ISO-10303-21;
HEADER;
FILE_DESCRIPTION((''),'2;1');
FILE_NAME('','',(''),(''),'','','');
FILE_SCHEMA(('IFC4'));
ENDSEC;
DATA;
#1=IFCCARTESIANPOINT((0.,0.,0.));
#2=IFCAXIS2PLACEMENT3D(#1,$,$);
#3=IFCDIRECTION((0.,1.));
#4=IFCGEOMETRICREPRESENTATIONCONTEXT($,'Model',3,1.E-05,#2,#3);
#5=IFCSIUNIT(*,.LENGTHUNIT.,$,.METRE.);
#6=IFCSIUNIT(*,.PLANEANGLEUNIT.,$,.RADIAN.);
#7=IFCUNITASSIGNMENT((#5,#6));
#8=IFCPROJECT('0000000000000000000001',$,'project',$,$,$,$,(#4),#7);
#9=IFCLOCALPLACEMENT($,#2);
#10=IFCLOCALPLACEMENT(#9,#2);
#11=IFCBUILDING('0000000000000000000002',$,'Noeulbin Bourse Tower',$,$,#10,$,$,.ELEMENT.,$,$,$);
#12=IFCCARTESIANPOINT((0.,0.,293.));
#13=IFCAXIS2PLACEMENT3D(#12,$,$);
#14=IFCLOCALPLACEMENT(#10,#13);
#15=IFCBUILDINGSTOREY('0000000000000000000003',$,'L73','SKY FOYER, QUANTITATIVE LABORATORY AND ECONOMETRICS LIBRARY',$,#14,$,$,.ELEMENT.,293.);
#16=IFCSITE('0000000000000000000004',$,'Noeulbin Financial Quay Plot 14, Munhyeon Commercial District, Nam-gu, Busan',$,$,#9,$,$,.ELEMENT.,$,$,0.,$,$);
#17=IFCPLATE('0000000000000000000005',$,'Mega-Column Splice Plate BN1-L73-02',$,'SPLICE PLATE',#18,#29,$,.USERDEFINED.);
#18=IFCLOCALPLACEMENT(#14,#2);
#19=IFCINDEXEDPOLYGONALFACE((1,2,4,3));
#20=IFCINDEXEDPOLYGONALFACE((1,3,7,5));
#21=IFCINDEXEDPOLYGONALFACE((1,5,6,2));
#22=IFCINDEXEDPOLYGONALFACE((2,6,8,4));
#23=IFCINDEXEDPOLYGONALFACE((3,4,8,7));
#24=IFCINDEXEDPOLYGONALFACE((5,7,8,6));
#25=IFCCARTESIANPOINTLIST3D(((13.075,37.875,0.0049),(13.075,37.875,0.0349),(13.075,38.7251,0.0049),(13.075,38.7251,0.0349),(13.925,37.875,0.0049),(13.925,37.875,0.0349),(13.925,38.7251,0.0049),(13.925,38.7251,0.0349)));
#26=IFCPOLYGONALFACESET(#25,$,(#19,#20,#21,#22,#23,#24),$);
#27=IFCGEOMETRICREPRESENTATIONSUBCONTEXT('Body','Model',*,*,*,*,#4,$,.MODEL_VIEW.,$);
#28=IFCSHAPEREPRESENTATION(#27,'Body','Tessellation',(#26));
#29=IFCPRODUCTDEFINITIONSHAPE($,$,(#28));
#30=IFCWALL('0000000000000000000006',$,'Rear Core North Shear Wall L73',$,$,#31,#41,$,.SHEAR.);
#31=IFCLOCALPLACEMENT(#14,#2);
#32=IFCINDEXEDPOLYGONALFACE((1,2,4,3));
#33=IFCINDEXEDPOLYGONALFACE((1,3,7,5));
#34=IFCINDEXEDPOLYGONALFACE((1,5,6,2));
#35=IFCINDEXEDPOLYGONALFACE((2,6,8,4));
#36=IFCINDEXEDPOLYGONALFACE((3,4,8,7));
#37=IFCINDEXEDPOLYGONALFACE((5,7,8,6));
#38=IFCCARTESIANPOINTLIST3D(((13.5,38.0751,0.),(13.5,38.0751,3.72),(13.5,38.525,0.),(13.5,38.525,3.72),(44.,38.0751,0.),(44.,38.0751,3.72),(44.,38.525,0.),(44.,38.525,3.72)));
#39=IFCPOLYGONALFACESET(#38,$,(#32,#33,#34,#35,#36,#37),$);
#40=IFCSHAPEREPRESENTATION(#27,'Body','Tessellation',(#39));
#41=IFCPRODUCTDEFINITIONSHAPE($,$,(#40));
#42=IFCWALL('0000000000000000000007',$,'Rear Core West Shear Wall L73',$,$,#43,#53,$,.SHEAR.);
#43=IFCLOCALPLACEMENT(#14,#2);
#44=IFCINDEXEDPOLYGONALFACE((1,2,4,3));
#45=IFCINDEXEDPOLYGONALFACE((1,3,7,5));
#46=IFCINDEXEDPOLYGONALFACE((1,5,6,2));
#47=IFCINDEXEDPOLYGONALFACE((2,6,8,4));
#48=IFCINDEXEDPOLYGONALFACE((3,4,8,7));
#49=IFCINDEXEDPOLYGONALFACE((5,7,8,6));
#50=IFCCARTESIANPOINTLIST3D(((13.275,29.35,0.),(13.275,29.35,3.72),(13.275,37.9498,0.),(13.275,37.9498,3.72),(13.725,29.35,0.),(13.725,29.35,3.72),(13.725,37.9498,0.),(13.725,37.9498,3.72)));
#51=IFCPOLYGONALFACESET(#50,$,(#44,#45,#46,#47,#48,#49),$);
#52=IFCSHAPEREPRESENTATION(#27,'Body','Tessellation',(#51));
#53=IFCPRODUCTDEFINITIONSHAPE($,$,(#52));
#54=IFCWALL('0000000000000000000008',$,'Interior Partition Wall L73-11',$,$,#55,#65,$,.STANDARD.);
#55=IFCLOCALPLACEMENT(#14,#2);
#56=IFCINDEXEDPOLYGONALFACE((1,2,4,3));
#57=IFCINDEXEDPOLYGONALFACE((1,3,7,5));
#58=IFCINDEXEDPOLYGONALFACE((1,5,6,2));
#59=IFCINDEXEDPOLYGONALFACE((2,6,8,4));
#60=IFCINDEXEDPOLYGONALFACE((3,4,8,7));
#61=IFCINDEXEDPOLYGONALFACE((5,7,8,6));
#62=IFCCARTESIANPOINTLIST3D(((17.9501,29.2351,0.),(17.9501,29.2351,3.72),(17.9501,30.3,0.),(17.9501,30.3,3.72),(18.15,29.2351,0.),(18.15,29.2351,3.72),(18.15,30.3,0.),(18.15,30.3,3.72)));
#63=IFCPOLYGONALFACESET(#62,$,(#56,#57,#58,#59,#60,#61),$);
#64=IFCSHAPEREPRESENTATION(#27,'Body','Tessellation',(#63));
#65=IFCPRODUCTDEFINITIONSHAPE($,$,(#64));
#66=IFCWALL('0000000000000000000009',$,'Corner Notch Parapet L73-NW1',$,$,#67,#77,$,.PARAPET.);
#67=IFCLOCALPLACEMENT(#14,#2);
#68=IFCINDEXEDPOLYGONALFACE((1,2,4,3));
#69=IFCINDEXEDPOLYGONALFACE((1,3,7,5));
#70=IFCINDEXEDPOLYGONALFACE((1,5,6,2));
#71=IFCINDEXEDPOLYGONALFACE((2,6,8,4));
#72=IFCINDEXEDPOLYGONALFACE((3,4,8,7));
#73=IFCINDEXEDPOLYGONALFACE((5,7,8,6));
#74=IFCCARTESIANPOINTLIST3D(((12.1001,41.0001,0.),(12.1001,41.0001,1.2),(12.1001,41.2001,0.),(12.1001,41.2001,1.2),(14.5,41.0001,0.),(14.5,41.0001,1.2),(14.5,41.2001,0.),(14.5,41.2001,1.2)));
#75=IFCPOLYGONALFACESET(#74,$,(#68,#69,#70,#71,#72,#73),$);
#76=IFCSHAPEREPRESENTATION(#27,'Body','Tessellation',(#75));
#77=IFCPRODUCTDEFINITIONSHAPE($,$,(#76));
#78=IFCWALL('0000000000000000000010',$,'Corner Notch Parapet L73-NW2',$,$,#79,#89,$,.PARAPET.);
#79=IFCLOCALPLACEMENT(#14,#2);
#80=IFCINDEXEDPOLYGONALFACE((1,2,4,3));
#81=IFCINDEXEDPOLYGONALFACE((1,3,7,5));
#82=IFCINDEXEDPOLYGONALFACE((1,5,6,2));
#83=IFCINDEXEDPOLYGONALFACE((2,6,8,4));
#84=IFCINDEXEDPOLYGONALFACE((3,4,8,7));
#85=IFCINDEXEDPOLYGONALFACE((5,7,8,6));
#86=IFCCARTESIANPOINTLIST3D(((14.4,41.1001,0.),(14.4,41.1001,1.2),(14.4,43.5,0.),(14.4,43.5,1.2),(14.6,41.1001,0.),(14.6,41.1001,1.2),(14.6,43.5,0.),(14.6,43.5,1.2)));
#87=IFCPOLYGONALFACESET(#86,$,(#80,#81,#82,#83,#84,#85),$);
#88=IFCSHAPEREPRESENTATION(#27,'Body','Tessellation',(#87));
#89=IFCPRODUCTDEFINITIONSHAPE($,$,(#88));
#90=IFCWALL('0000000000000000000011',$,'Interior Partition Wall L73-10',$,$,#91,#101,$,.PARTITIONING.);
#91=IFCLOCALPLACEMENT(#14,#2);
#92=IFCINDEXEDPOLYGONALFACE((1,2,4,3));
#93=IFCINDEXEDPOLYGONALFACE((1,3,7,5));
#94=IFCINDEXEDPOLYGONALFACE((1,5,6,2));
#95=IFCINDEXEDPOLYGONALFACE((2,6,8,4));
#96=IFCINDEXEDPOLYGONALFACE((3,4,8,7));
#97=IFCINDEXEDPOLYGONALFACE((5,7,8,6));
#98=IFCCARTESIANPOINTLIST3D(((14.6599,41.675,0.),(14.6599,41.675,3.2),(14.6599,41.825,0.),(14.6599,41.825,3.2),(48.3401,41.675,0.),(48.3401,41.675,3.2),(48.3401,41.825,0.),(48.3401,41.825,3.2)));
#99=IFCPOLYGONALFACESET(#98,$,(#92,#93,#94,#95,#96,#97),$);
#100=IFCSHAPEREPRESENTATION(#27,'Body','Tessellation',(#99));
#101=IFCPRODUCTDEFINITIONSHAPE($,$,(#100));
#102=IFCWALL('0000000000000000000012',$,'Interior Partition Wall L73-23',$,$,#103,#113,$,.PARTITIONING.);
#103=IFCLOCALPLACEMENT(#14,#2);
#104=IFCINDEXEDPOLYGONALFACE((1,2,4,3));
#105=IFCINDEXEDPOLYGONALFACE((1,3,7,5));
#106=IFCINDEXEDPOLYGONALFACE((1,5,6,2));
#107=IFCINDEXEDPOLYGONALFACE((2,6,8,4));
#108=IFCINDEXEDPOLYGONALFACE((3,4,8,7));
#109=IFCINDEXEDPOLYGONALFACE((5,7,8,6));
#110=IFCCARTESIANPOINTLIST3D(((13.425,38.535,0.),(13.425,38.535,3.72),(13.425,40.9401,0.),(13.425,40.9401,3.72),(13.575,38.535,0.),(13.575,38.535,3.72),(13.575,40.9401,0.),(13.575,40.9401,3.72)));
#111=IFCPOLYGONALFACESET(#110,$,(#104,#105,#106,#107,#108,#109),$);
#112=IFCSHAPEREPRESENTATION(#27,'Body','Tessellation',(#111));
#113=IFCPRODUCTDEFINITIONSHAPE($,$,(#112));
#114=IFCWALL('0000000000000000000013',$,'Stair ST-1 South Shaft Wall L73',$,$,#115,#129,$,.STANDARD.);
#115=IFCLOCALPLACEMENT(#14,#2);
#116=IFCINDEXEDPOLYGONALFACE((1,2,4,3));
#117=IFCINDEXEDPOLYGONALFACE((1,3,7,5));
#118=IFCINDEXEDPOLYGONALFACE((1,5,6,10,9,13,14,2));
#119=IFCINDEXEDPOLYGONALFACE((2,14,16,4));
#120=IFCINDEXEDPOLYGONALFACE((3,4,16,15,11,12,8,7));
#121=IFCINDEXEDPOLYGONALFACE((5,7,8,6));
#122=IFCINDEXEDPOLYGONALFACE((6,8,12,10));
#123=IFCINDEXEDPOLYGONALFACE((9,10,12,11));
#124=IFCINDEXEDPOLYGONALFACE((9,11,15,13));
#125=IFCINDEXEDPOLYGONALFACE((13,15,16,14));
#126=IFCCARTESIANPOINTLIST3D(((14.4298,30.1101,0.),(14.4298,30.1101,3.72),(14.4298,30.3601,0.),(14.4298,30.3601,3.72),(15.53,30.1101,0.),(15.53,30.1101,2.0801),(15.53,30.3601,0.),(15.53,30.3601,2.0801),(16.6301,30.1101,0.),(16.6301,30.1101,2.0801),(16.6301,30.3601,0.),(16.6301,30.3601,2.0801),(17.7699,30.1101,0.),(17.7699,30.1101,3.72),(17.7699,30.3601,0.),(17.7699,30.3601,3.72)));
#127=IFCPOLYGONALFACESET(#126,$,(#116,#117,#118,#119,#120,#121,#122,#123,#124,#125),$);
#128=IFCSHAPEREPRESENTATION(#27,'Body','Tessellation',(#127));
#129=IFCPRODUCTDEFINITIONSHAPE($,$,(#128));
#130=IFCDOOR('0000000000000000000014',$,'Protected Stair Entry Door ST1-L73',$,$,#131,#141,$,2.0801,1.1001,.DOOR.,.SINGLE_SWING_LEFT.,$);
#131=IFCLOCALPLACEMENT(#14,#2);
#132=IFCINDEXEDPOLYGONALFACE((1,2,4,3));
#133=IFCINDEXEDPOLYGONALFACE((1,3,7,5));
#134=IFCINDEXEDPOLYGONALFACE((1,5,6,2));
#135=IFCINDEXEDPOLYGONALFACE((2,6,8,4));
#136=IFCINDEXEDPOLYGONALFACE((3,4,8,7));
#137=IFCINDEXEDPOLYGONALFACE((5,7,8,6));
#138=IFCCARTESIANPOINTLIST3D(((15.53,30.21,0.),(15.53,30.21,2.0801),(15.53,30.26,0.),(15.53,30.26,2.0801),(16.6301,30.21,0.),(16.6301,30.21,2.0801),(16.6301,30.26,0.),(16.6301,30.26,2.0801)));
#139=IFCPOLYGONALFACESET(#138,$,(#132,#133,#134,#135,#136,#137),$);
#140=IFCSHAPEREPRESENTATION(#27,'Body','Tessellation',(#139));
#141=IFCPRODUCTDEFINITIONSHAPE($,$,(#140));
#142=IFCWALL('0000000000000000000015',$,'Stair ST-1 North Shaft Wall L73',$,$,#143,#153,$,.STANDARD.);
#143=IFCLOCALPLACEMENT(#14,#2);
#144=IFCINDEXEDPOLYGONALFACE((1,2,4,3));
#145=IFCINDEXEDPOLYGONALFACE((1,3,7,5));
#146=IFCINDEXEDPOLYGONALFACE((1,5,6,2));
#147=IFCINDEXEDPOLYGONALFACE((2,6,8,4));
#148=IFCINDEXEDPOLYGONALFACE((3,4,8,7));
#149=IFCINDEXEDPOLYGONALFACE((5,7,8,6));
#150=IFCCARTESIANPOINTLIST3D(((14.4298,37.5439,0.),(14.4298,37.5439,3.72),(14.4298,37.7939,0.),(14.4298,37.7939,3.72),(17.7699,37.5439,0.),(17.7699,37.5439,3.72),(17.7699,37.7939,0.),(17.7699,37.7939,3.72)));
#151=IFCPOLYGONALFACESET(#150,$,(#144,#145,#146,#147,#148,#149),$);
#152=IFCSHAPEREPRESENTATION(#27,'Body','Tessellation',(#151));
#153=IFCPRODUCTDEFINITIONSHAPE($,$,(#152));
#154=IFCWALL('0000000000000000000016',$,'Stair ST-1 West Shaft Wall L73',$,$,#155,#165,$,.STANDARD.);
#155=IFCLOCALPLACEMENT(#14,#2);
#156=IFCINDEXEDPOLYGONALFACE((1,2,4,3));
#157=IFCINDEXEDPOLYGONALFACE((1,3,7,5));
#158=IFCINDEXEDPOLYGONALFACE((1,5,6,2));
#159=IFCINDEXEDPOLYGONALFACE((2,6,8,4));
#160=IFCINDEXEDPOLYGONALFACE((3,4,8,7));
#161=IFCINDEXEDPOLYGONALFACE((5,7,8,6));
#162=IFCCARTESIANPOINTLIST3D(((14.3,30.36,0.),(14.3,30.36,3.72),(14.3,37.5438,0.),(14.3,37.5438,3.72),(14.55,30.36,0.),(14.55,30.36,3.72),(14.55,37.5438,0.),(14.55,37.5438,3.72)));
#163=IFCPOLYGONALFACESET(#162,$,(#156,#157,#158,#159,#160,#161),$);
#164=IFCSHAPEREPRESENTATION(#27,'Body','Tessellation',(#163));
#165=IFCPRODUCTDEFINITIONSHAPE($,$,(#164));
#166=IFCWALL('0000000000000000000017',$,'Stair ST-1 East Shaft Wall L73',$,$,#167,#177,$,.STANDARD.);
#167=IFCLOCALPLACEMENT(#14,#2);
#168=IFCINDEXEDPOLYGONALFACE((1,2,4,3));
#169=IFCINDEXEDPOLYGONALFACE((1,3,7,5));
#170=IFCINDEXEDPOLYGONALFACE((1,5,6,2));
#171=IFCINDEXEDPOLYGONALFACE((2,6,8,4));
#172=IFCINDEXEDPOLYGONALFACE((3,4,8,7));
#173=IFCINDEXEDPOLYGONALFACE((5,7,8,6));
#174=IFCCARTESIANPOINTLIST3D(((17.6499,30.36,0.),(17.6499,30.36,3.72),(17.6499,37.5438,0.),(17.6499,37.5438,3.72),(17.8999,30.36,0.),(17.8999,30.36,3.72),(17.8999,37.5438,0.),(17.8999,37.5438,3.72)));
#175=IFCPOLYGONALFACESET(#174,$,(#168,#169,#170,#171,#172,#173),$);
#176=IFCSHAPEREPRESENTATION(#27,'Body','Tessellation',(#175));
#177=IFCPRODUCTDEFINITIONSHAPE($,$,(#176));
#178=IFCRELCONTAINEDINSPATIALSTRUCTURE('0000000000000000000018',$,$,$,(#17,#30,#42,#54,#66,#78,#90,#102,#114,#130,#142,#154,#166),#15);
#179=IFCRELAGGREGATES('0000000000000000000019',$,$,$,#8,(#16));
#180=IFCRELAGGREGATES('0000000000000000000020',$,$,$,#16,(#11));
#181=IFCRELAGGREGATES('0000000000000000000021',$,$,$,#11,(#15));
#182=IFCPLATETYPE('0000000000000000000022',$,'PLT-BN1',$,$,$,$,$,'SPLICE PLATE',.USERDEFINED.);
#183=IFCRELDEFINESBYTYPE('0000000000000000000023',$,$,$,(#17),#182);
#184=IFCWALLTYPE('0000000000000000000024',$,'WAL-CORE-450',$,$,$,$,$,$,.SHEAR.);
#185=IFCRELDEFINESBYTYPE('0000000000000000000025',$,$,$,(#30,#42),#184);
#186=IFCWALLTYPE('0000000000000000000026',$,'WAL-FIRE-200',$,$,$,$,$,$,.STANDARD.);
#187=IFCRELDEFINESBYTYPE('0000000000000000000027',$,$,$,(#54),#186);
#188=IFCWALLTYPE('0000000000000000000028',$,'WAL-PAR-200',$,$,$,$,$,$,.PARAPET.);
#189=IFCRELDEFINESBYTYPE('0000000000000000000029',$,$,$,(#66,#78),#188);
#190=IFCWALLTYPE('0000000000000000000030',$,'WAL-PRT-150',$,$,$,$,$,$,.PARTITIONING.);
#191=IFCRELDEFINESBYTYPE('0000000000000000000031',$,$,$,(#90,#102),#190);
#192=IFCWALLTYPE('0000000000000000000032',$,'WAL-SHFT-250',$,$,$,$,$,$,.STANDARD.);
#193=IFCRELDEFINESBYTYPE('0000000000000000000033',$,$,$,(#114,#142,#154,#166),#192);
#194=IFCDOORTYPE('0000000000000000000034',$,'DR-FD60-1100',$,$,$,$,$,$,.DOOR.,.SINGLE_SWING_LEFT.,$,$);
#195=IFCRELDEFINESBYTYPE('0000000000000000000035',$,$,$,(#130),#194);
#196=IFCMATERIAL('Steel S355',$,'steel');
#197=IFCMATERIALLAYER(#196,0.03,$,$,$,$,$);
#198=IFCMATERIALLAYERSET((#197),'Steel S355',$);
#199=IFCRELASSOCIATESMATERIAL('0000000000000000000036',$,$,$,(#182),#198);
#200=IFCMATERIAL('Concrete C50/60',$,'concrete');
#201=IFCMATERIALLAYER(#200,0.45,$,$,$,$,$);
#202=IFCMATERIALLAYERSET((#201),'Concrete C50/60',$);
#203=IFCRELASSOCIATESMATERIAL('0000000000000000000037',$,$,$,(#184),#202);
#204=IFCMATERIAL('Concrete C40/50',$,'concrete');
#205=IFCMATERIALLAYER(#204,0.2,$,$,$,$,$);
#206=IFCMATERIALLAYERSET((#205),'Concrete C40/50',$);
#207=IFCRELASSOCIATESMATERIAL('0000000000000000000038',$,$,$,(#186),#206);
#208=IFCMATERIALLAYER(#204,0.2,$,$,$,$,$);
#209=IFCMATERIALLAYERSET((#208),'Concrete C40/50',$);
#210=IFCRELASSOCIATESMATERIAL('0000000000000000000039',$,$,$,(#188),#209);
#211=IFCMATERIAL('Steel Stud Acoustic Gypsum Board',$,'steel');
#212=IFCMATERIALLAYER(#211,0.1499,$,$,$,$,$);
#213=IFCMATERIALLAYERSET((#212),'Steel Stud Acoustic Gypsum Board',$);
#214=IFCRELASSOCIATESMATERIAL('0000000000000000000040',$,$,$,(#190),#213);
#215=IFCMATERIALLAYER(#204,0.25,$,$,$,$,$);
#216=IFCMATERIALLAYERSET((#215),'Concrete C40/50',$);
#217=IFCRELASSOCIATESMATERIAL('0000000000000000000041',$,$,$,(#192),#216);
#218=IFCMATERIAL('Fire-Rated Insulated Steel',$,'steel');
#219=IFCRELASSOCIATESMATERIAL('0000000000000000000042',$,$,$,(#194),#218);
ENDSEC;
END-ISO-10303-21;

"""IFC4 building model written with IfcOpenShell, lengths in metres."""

from ifc_helpers import new_model, si_unit, direction, frame, frame_2d, origin, origin_2d, place, context, subcontext, project, spatial, rectangle, extrude, material, layer, layer_set, type_object, element, fill, save


model = new_model("IFC4")

# Units and contexts
model_context = context("Model", 3, precision=1e-05, world=origin(), true_north=direction((0.0, 1.0)))
body_context = subcontext(model_context, "Body", "Model", "MODEL_VIEW")
ifc_project = project(units=[si_unit("LENGTHUNIT", "METRE"), si_unit("PLANEANGLEUNIT", "RADIAN")], contexts=[model_context])

# Site, building, storey
site_placement = place(None, origin())
site = spatial("IfcSite", under=ifc_project, at=site_placement, Name="Noeulbin Financial Quay Plot 14, Munhyeon Commercial District, Nam-gu, Busan", CompositionType="ELEMENT", RefElevation=0.0)
building_placement = place(site_placement, origin())
building = spatial("IfcBuilding", under=site, at=building_placement, Name="Noeulbin Bourse Tower", CompositionType="ELEMENT")
storey_placement = place(building_placement, frame((0.0, 0.0, 293.0)))
storey = spatial("IfcBuildingStorey", under=building, at=storey_placement, Name="L73", Description="SKY FOYER, QUANTITATIVE LABORATORY AND ECONOMETRICS LIBRARY", CompositionType="ELEMENT", Elevation=293.0)

# Shared definitions
ifc_material_1 = material(Name="Steel S355", Category="steel")

# Plate
ifc_layer_1 = layer(ifc_material_1, 0.03)
ifc_layer_set_1 = layer_set([ifc_layer_1], Name="Steel S355")
plate_type_1 = type_object("IfcPlateType", Name="PLT-BN1", ElementType="SPLICE PLATE", PredefinedType="USERDEFINED", material=ifc_layer_set_1)
plate_1_placement = place(storey_placement, frame((13.5, 38.3, 0.0049), z_axis=(0.0, 0.0, 1.0), x_axis=(1.0, 0.0, 0.0)))
element("IfcPlate", 1, at=plate_1_placement, inside=storey, type_object=plate_type_1, Name="Mega-Column Splice Plate BN1-L73-02", ObjectType="SPLICE PLATE", PredefinedType="USERDEFINED", context=body_context, shape_type="SweptSolid", body=[
    extrude(rectangle(XDim=0.8501, YDim=0.8501, at=origin_2d()), origin(), (0.0, 0.0, 1.0), 0.03),
])

# Walls
ifc_material_2 = material(Name="Concrete C50/60", Category="concrete")
ifc_layer_2 = layer(ifc_material_2, 0.45)
ifc_layer_set_2 = layer_set([ifc_layer_2], Name="Concrete C50/60")
wall_type_1 = type_object("IfcWallType", Name="WAL-CORE-450", PredefinedType="SHEAR", material=ifc_layer_set_2)
wall_1_placement = place(storey_placement, frame((13.5, 38.3, 0.0), z_axis=(0.0, 0.0, 1.0), x_axis=(1.0, 0.0, 0.0)))
element("IfcWall", 2, at=wall_1_placement, inside=storey, type_object=wall_type_1, Name="Rear Core North Shear Wall L73", PredefinedType="SHEAR", context=body_context, shape_type="SweptSolid", body=[
    extrude(rectangle(XDim=30.5, YDim=0.45, at=frame_2d((15.25, 0.0))), origin(), (0.0, 0.0, 1.0), 3.72),
])
wall_2_placement = place(storey_placement, frame((13.5, 29.3501, 0.0), z_axis=(0.0, 0.0, 1.0), x_axis=(0.0, 1.0, 0.0)))
element("IfcWall", 3, at=wall_2_placement, inside=storey, type_object=wall_type_1, Name="Rear Core West Shear Wall L73", PredefinedType="SHEAR", context=body_context, shape_type="SweptSolid", body=[
    extrude(rectangle(XDim=8.5999, YDim=0.45, at=frame_2d((4.2998, 0.0))), origin(), (0.0, 0.0, 1.0), 3.72),
])
ifc_material_3 = material(Name="Concrete C40/50", Category="concrete")
ifc_layer_3 = layer(ifc_material_3, 0.2)
ifc_layer_set_3 = layer_set([ifc_layer_3], Name="Concrete C40/50")
wall_type_2 = type_object("IfcWallType", Name="WAL-FIRE-200", PredefinedType="STANDARD", material=ifc_layer_set_3)
wall_3_placement = place(storey_placement, frame((18.05, 29.2351, 0.0), z_axis=(0.0, 0.0, 1.0), x_axis=(0.0, 1.0, 0.0)))
element("IfcWall", 4, at=wall_3_placement, inside=storey, type_object=wall_type_2, Name="Interior Partition Wall L73-11", PredefinedType="STANDARD", context=body_context, shape_type="SweptSolid", body=[
    extrude(rectangle(XDim=1.0649, YDim=0.2, at=frame_2d((0.5325, 0.0))), origin(), (0.0, 0.0, 1.0), 3.72),
])
ifc_layer_4 = layer(ifc_material_3, 0.2)
ifc_layer_set_4 = layer_set([ifc_layer_4], Name="Concrete C40/50")
wall_type_3 = type_object("IfcWallType", Name="WAL-PAR-200", PredefinedType="PARAPET", material=ifc_layer_set_4)
for number, where, z_axis, x_axis, name in (
    (5, (12.1001, 41.1001, 0.0), (0.0, 0.0, 1.0), (1.0, 0.0, 0.0), "Corner Notch Parapet L73-NW1"),
    (6, (14.5, 41.1001, 0.0), (0.0, 0.0, 1.0), (0.0, 1.0, 0.0), "Corner Notch Parapet L73-NW2"),
):
    element("IfcWall", number, at=place(storey_placement, frame(where, z_axis=z_axis, x_axis=x_axis)), inside=storey, type_object=wall_type_3, Name=name, PredefinedType="PARAPET", context=body_context, shape_type="SweptSolid", body=[
        extrude(rectangle(XDim=2.3999, YDim=0.2, at=frame_2d((1.2, 0.0))), origin(), (0.0, 0.0, 1.0), 1.2),
    ])
ifc_material_4 = material(Name="Steel Stud Acoustic Gypsum Board", Category="steel")
ifc_layer_5 = layer(ifc_material_4, 0.1499)
ifc_layer_set_5 = layer_set([ifc_layer_5], Name="Steel Stud Acoustic Gypsum Board")
wall_type_4 = type_object("IfcWallType", Name="WAL-PRT-150", PredefinedType="PARTITIONING", material=ifc_layer_set_5)
wall_4_placement = place(storey_placement, frame((14.6599, 41.75, 0.0), z_axis=(0.0, 0.0, 1.0), x_axis=(1.0, 0.0, 0.0)))
element("IfcWall", 7, at=wall_4_placement, inside=storey, type_object=wall_type_4, Name="Interior Partition Wall L73-10", PredefinedType="PARTITIONING", context=body_context, shape_type="SweptSolid", body=[
    extrude(rectangle(XDim=33.6802, YDim=0.1499, at=frame_2d((16.8401, 0.0))), origin(), (0.0, 0.0, 1.0), 3.2),
])
wall_5_placement = place(storey_placement, frame((13.5, 38.5349, 0.0), z_axis=(0.0, 0.0, 1.0), x_axis=(0.0, 1.0, 0.0)))
element("IfcWall", 8, at=wall_5_placement, inside=storey, type_object=wall_type_4, Name="Interior Partition Wall L73-23", PredefinedType="PARTITIONING", context=body_context, shape_type="SweptSolid", body=[
    extrude(rectangle(XDim=2.405, YDim=0.1499, at=frame_2d((1.2026, 0.0))), origin(), (0.0, 0.0, 1.0), 3.72),
])

# Wall, opening, door
ifc_layer_6 = layer(ifc_material_3, 0.25)
ifc_layer_set_6 = layer_set([ifc_layer_6], Name="Concrete C40/50")
wall_type_5 = type_object("IfcWallType", Name="WAL-SHFT-250", PredefinedType="STANDARD", material=ifc_layer_set_6)
wall_6_placement = place(storey_placement, frame((14.4299, 30.2351, 0.0), z_axis=(0.0, 0.0, 1.0), x_axis=(1.0, 0.0, 0.0)))
wall_6 = element("IfcWall", 9, at=wall_6_placement, inside=storey, type_object=wall_type_5, Name="Stair ST-1 South Shaft Wall L73", PredefinedType="STANDARD", context=body_context, shape_type="SweptSolid", body=[
    extrude(rectangle(XDim=3.3401, YDim=0.25, at=frame_2d((1.6699, 0.0))), origin(), (0.0, 0.0, 1.0), 3.72),
])
opening_1_placement = place(wall_6_placement, frame((1.1001, 0.0, 0.0)))
opening_1 = element("IfcOpeningElement", 10, at=opening_1_placement, cuts=wall_6, PredefinedType="OPENING", context=body_context, shape_type="SweptSolid", body=[
    extrude(rectangle(XDim=1.1001, YDim=2.0801, at=frame_2d((0.55, 1.04))), frame((0.0, 0.135, 0.0), z_axis=(0.0, -1.0, 0.0), x_axis=(1.0, 0.0, 0.0)), (0.0, 0.0, 1.0), 0.27),
])
ifc_material_5 = material(Name="Fire-Rated Insulated Steel", Category="steel")
door_type_1 = type_object("IfcDoorType", Name="DR-FD60-1100", OperationType="SINGLE_SWING_LEFT", PredefinedType="DOOR", material=ifc_material_5)
door_1_placement = place(opening_1_placement, origin())
door_1 = element("IfcDoor", 11, at=door_1_placement, inside=storey, type_object=door_type_1, Name="Protected Stair Entry Door ST1-L73", OperationType="SINGLE_SWING_LEFT", OverallHeight=2.0801, OverallWidth=1.1001, PredefinedType="DOOR", context=body_context, shape_type="SweptSolid", body=[
    extrude(rectangle(XDim=1.1001, YDim=2.0801, at=frame_2d((0.55, 1.04))), frame((0.0, 0.0249, 0.0), z_axis=(0.0, -1.0, 0.0), x_axis=(1.0, 0.0, 0.0)), (0.0, 0.0, 1.0), 0.05),
])
fill(opening_1, door_1)

# Walls
wall_7_placement = place(storey_placement, frame((14.4299, 37.6689, 0.0), z_axis=(0.0, 0.0, 1.0), x_axis=(1.0, 0.0, 0.0)))
element("IfcWall", 12, at=wall_7_placement, inside=storey, type_object=wall_type_5, Name="Stair ST-1 North Shaft Wall L73", PredefinedType="STANDARD", context=body_context, shape_type="SweptSolid", body=[
    extrude(rectangle(XDim=3.3401, YDim=0.25, at=frame_2d((1.6699, 0.0))), origin(), (0.0, 0.0, 1.0), 3.72),
])
for number, where, z_axis, x_axis, name in (
    (13, (14.425, 30.3601, 0.0), (0.0, 0.0, 1.0), (0.0, 1.0, 0.0), "Stair ST-1 West Shaft Wall L73"),
    (14, (17.7749, 30.3601, 0.0), (0.0, 0.0, 1.0), (0.0, 1.0, 0.0), "Stair ST-1 East Shaft Wall L73"),
):
    element("IfcWall", number, at=place(storey_placement, frame(where, z_axis=z_axis, x_axis=x_axis)), inside=storey, type_object=wall_type_5, Name=name, PredefinedType="STANDARD", context=body_context, shape_type="SweptSolid", body=[
        extrude(rectangle(XDim=7.1838, YDim=0.25, at=frame_2d((3.5918, 0.0))), origin(), (0.0, 0.0, 1.0), 3.72),
    ])

save(model, "model.ifc")
